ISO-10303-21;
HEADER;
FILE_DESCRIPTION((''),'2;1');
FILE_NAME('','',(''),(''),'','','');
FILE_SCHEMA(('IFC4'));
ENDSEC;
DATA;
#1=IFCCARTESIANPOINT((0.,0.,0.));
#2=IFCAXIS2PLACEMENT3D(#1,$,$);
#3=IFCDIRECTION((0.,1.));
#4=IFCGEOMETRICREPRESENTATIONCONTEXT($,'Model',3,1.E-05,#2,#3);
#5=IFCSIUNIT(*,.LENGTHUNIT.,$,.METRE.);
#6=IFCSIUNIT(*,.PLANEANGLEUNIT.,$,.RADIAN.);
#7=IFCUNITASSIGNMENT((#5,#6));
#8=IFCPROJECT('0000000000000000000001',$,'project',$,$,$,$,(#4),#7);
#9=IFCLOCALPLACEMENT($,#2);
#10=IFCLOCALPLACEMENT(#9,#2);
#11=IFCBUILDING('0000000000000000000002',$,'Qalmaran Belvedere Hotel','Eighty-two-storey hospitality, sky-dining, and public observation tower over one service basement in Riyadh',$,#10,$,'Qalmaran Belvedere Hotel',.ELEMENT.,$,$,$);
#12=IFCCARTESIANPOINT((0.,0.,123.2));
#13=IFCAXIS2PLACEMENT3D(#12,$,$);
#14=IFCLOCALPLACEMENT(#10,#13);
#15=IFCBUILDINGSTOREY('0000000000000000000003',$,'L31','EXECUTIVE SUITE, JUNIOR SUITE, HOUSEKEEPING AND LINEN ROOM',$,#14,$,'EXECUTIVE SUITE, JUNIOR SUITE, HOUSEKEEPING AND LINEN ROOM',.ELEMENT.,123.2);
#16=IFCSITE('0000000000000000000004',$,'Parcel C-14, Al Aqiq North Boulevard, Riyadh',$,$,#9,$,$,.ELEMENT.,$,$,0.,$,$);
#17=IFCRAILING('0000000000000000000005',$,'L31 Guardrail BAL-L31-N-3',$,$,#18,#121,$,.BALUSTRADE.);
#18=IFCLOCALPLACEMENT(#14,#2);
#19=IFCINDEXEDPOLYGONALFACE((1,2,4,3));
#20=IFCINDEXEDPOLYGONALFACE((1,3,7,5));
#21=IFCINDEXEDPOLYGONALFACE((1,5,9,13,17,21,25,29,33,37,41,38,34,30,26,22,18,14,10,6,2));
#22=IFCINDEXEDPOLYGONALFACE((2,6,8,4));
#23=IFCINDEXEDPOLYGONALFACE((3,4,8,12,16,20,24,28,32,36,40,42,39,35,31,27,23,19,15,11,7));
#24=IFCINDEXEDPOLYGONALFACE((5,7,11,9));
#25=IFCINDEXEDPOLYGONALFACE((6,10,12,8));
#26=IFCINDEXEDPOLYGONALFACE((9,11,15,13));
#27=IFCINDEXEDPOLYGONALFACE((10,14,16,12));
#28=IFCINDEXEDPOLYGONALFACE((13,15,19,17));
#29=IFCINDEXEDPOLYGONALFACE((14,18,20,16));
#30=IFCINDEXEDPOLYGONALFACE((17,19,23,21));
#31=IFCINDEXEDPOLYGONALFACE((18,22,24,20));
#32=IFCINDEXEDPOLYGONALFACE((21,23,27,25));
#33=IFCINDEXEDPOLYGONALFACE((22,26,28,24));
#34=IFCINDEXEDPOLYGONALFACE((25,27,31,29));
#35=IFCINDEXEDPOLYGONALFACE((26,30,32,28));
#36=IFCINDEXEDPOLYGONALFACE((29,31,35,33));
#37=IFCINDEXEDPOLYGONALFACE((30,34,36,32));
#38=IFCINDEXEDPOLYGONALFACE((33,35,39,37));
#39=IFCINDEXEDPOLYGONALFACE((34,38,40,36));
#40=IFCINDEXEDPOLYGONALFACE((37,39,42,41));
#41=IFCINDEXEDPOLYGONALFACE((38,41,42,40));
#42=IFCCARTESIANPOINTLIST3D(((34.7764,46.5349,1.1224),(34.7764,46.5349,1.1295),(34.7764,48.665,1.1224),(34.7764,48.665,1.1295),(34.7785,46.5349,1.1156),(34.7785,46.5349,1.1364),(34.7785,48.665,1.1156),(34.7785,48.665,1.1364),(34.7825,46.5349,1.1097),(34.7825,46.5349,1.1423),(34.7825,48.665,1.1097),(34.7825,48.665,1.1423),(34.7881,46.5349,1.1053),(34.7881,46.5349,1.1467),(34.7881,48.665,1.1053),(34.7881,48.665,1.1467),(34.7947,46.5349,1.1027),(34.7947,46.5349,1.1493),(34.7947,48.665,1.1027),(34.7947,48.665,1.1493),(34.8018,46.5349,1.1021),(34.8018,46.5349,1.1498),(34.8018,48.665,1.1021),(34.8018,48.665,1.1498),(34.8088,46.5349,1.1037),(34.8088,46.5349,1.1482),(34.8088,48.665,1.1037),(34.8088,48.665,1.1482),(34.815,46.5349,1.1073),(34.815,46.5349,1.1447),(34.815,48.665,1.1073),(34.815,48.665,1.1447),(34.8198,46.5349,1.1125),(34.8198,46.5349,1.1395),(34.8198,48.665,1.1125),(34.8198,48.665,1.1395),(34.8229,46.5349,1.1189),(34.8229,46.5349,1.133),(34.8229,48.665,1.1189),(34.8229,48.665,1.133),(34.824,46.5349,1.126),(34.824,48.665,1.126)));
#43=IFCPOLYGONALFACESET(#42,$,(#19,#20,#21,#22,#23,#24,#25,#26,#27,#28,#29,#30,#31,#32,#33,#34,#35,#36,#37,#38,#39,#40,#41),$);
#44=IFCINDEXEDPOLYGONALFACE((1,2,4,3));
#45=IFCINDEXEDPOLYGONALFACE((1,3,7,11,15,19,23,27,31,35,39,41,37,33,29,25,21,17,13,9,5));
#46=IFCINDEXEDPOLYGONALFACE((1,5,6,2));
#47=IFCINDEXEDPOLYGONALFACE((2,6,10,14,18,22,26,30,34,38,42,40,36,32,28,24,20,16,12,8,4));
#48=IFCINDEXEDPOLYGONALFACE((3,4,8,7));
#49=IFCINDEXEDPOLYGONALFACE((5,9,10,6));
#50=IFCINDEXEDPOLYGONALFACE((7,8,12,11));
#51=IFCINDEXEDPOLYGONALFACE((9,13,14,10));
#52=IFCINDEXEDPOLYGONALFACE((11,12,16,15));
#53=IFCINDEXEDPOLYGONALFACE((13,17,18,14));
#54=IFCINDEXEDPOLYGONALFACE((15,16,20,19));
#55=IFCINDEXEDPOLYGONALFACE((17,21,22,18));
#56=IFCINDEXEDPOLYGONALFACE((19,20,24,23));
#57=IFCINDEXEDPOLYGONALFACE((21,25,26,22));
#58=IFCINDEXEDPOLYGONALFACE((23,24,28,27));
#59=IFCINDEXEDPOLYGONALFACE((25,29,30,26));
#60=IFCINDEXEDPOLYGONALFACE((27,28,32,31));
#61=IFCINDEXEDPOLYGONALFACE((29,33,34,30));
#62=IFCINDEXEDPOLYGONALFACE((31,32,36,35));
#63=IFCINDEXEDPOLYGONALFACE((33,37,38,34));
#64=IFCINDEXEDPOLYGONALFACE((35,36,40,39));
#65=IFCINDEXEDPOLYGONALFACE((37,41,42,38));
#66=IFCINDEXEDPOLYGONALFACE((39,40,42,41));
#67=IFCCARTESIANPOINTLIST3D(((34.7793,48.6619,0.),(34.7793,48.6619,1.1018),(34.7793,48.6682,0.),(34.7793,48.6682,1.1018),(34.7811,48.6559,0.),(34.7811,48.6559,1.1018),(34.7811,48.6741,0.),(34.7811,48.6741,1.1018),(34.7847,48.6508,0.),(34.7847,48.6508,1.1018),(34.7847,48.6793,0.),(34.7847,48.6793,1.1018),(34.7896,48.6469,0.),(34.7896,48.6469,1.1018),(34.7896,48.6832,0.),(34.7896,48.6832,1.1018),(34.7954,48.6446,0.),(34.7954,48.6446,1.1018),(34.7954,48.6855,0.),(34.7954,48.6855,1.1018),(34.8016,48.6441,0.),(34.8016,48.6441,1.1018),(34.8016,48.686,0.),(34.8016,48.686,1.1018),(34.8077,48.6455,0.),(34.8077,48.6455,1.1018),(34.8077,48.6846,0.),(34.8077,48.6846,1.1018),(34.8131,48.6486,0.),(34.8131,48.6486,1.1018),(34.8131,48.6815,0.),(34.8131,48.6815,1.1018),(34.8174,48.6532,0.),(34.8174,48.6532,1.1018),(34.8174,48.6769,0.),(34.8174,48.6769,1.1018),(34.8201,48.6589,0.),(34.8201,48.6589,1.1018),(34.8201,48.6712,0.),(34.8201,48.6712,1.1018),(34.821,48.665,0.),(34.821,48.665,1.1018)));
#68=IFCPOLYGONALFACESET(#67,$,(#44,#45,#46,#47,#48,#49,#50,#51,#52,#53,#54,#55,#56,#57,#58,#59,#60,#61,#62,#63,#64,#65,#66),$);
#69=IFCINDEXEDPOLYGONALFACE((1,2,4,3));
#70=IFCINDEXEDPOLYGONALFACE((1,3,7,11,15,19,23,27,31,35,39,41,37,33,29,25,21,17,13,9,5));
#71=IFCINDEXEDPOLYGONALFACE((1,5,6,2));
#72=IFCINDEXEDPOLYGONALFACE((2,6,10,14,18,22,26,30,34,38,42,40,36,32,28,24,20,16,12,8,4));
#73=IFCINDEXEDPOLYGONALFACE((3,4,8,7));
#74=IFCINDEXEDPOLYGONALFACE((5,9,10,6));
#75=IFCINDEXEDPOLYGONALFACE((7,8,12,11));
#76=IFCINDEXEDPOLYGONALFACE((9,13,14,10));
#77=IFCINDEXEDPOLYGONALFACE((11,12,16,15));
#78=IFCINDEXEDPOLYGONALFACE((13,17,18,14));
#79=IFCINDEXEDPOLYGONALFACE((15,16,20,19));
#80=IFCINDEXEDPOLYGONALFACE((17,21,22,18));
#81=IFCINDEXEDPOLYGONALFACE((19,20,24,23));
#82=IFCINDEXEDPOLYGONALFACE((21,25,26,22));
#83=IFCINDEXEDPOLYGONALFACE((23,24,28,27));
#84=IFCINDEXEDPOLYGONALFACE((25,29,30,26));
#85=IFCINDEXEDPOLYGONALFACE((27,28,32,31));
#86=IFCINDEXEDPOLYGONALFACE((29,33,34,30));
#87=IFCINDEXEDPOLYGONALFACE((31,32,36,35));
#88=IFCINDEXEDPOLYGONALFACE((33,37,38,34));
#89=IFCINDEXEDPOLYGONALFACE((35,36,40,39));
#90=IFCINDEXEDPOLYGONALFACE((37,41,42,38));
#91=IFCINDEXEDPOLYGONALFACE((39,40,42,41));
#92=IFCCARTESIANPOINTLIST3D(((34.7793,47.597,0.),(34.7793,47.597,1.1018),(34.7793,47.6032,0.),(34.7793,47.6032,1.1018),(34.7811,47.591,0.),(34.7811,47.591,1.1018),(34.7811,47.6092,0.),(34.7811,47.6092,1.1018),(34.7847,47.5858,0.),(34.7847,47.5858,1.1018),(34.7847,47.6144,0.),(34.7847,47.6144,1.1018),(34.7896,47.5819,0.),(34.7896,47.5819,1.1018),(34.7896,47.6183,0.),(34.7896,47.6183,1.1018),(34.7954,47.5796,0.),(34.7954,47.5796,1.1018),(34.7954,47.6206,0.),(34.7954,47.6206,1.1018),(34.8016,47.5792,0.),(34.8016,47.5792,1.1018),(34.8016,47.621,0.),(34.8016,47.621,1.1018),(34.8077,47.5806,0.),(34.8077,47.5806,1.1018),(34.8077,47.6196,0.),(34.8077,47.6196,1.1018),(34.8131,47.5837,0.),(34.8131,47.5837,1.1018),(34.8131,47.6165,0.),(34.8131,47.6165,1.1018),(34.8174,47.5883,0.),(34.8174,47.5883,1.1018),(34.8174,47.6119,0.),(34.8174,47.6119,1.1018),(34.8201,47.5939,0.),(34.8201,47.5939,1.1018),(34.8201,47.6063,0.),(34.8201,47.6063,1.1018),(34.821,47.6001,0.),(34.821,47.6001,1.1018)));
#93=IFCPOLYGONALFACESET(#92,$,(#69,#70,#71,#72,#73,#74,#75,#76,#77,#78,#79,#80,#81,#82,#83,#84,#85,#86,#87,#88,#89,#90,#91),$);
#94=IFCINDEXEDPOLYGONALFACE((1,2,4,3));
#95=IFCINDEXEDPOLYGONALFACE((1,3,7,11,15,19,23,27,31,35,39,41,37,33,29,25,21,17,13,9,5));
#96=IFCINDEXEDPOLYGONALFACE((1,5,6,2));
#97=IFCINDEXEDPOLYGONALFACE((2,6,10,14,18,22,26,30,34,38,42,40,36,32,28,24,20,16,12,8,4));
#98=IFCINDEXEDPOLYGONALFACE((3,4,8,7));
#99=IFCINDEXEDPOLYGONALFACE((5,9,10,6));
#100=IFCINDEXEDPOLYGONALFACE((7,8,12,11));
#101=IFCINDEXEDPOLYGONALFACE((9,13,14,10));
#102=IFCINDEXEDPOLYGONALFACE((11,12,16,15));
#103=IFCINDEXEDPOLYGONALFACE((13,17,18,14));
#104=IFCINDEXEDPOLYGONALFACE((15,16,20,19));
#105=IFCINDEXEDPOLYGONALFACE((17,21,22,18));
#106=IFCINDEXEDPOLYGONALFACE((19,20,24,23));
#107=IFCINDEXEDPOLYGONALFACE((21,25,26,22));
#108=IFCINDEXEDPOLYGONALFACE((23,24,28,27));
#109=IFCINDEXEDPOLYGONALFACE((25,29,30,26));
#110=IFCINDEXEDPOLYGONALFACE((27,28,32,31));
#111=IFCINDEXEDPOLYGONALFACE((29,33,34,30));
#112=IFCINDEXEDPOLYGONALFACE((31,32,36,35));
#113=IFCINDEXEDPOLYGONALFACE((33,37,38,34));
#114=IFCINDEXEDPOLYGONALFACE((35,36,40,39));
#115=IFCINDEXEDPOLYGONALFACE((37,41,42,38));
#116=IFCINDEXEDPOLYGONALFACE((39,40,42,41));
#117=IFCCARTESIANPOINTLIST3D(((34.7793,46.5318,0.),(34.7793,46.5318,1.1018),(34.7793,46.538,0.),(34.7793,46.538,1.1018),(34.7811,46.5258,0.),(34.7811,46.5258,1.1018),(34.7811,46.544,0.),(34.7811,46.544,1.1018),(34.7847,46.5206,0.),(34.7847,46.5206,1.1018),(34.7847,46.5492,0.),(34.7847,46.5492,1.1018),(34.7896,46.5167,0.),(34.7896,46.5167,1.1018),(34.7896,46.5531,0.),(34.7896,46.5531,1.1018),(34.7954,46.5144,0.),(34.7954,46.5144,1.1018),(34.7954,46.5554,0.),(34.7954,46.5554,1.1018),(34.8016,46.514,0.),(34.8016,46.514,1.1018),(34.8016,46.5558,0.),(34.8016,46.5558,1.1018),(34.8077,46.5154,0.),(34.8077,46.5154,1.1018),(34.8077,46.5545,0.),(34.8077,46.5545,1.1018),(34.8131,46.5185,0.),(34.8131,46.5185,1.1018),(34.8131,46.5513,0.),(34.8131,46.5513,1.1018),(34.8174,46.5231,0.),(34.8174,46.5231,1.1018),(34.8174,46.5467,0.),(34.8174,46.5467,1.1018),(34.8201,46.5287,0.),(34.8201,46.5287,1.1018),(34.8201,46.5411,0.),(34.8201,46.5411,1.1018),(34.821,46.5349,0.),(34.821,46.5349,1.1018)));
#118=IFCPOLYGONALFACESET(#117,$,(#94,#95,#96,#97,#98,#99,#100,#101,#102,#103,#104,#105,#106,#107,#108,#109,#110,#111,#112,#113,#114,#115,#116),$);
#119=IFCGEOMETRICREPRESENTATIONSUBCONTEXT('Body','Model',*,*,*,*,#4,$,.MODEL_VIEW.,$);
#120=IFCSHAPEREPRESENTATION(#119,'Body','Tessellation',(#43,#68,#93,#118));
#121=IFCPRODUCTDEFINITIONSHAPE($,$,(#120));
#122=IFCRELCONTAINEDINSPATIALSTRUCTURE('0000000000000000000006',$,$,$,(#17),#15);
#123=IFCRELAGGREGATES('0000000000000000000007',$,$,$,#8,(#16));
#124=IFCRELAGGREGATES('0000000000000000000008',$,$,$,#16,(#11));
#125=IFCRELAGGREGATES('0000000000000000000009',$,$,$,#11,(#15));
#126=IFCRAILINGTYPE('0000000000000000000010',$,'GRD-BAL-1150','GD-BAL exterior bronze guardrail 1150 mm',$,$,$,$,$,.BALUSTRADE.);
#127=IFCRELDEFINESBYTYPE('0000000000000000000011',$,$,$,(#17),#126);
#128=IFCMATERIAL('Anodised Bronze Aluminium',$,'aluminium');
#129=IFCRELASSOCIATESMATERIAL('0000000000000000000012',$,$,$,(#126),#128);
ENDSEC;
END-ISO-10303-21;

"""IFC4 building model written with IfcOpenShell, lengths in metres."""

from ifc_helpers import new_model, si_unit, direction, frame, origin, origin_2d, place, context, subcontext, project, spatial, circle, extrude, material, type_object, element, save


model = new_model("IFC4")

# Units and contexts
model_context = context("Model", 3, precision=1e-05, world=origin(), true_north=direction((0.0, 1.0)))
body_context = subcontext(model_context, "Body", "Model", "MODEL_VIEW")
ifc_project = project(units=[si_unit("LENGTHUNIT", "METRE"), si_unit("PLANEANGLEUNIT", "RADIAN")], contexts=[model_context])

# Site, building, storey
site_placement = place(None, origin())
site = spatial("IfcSite", under=ifc_project, at=site_placement, Name="Parcel C-14, Al Aqiq North Boulevard, Riyadh", CompositionType="ELEMENT", RefElevation=0.0)
building_placement = place(site_placement, origin())
building = spatial("IfcBuilding", under=site, at=building_placement, Name="Qalmaran Belvedere Hotel", Description="Eighty-two-storey hospitality, sky-dining, and public observation tower over one service basement in Riyadh", LongName="Qalmaran Belvedere Hotel", CompositionType="ELEMENT")
storey_placement = place(building_placement, frame((0.0, 0.0, 123.2)))
storey = spatial("IfcBuildingStorey", under=building, at=storey_placement, Name="L31", Description="EXECUTIVE SUITE, JUNIOR SUITE, HOUSEKEEPING AND LINEN ROOM", LongName="EXECUTIVE SUITE, JUNIOR SUITE, HOUSEKEEPING AND LINEN ROOM", CompositionType="ELEMENT", Elevation=123.2)

# Shared definitions
ifc_material_1 = material(Name="Anodised Bronze Aluminium", Category="aluminium")

# Railing
railing_type = type_object("IfcRailingType", Name="GRD-BAL-1150", Description="GD-BAL exterior bronze guardrail 1150 mm", PredefinedType="BALUSTRADE", material=ifc_material_1)
railing_1_placement = place(storey_placement, frame((34.8, 48.665, 0.0)))
element("IfcRailing", 1, at=railing_1_placement, inside=storey, type_object=railing_type, Name="L31 Guardrail BAL-L31-N-3", PredefinedType="BALUSTRADE", context=body_context, shape_type="SweptSolid", body=[
    extrude(circle(Radius=0.0239, at=origin_2d()), frame((0.0, 0.0, 1.126), z_axis=(0.0, -1.0, 0.0), x_axis=(1.0, 0.0, 0.0)), (0.0, 0.0, 1.0), 2.1301),
    extrude(circle(Radius=0.021, at=origin_2d()), origin(), (0.0, 0.0, 1.0), 1.1018),
    extrude(circle(Radius=0.021, at=origin_2d()), frame((0.0, -1.0649, 0.0)), (0.0, 0.0, 1.0), 1.1018),
    extrude(circle(Radius=0.021, at=origin_2d()), frame((0.0, -2.1301, 0.0)), (0.0, 0.0, 1.0), 1.1018),
])

save(model, "model.ifc")
